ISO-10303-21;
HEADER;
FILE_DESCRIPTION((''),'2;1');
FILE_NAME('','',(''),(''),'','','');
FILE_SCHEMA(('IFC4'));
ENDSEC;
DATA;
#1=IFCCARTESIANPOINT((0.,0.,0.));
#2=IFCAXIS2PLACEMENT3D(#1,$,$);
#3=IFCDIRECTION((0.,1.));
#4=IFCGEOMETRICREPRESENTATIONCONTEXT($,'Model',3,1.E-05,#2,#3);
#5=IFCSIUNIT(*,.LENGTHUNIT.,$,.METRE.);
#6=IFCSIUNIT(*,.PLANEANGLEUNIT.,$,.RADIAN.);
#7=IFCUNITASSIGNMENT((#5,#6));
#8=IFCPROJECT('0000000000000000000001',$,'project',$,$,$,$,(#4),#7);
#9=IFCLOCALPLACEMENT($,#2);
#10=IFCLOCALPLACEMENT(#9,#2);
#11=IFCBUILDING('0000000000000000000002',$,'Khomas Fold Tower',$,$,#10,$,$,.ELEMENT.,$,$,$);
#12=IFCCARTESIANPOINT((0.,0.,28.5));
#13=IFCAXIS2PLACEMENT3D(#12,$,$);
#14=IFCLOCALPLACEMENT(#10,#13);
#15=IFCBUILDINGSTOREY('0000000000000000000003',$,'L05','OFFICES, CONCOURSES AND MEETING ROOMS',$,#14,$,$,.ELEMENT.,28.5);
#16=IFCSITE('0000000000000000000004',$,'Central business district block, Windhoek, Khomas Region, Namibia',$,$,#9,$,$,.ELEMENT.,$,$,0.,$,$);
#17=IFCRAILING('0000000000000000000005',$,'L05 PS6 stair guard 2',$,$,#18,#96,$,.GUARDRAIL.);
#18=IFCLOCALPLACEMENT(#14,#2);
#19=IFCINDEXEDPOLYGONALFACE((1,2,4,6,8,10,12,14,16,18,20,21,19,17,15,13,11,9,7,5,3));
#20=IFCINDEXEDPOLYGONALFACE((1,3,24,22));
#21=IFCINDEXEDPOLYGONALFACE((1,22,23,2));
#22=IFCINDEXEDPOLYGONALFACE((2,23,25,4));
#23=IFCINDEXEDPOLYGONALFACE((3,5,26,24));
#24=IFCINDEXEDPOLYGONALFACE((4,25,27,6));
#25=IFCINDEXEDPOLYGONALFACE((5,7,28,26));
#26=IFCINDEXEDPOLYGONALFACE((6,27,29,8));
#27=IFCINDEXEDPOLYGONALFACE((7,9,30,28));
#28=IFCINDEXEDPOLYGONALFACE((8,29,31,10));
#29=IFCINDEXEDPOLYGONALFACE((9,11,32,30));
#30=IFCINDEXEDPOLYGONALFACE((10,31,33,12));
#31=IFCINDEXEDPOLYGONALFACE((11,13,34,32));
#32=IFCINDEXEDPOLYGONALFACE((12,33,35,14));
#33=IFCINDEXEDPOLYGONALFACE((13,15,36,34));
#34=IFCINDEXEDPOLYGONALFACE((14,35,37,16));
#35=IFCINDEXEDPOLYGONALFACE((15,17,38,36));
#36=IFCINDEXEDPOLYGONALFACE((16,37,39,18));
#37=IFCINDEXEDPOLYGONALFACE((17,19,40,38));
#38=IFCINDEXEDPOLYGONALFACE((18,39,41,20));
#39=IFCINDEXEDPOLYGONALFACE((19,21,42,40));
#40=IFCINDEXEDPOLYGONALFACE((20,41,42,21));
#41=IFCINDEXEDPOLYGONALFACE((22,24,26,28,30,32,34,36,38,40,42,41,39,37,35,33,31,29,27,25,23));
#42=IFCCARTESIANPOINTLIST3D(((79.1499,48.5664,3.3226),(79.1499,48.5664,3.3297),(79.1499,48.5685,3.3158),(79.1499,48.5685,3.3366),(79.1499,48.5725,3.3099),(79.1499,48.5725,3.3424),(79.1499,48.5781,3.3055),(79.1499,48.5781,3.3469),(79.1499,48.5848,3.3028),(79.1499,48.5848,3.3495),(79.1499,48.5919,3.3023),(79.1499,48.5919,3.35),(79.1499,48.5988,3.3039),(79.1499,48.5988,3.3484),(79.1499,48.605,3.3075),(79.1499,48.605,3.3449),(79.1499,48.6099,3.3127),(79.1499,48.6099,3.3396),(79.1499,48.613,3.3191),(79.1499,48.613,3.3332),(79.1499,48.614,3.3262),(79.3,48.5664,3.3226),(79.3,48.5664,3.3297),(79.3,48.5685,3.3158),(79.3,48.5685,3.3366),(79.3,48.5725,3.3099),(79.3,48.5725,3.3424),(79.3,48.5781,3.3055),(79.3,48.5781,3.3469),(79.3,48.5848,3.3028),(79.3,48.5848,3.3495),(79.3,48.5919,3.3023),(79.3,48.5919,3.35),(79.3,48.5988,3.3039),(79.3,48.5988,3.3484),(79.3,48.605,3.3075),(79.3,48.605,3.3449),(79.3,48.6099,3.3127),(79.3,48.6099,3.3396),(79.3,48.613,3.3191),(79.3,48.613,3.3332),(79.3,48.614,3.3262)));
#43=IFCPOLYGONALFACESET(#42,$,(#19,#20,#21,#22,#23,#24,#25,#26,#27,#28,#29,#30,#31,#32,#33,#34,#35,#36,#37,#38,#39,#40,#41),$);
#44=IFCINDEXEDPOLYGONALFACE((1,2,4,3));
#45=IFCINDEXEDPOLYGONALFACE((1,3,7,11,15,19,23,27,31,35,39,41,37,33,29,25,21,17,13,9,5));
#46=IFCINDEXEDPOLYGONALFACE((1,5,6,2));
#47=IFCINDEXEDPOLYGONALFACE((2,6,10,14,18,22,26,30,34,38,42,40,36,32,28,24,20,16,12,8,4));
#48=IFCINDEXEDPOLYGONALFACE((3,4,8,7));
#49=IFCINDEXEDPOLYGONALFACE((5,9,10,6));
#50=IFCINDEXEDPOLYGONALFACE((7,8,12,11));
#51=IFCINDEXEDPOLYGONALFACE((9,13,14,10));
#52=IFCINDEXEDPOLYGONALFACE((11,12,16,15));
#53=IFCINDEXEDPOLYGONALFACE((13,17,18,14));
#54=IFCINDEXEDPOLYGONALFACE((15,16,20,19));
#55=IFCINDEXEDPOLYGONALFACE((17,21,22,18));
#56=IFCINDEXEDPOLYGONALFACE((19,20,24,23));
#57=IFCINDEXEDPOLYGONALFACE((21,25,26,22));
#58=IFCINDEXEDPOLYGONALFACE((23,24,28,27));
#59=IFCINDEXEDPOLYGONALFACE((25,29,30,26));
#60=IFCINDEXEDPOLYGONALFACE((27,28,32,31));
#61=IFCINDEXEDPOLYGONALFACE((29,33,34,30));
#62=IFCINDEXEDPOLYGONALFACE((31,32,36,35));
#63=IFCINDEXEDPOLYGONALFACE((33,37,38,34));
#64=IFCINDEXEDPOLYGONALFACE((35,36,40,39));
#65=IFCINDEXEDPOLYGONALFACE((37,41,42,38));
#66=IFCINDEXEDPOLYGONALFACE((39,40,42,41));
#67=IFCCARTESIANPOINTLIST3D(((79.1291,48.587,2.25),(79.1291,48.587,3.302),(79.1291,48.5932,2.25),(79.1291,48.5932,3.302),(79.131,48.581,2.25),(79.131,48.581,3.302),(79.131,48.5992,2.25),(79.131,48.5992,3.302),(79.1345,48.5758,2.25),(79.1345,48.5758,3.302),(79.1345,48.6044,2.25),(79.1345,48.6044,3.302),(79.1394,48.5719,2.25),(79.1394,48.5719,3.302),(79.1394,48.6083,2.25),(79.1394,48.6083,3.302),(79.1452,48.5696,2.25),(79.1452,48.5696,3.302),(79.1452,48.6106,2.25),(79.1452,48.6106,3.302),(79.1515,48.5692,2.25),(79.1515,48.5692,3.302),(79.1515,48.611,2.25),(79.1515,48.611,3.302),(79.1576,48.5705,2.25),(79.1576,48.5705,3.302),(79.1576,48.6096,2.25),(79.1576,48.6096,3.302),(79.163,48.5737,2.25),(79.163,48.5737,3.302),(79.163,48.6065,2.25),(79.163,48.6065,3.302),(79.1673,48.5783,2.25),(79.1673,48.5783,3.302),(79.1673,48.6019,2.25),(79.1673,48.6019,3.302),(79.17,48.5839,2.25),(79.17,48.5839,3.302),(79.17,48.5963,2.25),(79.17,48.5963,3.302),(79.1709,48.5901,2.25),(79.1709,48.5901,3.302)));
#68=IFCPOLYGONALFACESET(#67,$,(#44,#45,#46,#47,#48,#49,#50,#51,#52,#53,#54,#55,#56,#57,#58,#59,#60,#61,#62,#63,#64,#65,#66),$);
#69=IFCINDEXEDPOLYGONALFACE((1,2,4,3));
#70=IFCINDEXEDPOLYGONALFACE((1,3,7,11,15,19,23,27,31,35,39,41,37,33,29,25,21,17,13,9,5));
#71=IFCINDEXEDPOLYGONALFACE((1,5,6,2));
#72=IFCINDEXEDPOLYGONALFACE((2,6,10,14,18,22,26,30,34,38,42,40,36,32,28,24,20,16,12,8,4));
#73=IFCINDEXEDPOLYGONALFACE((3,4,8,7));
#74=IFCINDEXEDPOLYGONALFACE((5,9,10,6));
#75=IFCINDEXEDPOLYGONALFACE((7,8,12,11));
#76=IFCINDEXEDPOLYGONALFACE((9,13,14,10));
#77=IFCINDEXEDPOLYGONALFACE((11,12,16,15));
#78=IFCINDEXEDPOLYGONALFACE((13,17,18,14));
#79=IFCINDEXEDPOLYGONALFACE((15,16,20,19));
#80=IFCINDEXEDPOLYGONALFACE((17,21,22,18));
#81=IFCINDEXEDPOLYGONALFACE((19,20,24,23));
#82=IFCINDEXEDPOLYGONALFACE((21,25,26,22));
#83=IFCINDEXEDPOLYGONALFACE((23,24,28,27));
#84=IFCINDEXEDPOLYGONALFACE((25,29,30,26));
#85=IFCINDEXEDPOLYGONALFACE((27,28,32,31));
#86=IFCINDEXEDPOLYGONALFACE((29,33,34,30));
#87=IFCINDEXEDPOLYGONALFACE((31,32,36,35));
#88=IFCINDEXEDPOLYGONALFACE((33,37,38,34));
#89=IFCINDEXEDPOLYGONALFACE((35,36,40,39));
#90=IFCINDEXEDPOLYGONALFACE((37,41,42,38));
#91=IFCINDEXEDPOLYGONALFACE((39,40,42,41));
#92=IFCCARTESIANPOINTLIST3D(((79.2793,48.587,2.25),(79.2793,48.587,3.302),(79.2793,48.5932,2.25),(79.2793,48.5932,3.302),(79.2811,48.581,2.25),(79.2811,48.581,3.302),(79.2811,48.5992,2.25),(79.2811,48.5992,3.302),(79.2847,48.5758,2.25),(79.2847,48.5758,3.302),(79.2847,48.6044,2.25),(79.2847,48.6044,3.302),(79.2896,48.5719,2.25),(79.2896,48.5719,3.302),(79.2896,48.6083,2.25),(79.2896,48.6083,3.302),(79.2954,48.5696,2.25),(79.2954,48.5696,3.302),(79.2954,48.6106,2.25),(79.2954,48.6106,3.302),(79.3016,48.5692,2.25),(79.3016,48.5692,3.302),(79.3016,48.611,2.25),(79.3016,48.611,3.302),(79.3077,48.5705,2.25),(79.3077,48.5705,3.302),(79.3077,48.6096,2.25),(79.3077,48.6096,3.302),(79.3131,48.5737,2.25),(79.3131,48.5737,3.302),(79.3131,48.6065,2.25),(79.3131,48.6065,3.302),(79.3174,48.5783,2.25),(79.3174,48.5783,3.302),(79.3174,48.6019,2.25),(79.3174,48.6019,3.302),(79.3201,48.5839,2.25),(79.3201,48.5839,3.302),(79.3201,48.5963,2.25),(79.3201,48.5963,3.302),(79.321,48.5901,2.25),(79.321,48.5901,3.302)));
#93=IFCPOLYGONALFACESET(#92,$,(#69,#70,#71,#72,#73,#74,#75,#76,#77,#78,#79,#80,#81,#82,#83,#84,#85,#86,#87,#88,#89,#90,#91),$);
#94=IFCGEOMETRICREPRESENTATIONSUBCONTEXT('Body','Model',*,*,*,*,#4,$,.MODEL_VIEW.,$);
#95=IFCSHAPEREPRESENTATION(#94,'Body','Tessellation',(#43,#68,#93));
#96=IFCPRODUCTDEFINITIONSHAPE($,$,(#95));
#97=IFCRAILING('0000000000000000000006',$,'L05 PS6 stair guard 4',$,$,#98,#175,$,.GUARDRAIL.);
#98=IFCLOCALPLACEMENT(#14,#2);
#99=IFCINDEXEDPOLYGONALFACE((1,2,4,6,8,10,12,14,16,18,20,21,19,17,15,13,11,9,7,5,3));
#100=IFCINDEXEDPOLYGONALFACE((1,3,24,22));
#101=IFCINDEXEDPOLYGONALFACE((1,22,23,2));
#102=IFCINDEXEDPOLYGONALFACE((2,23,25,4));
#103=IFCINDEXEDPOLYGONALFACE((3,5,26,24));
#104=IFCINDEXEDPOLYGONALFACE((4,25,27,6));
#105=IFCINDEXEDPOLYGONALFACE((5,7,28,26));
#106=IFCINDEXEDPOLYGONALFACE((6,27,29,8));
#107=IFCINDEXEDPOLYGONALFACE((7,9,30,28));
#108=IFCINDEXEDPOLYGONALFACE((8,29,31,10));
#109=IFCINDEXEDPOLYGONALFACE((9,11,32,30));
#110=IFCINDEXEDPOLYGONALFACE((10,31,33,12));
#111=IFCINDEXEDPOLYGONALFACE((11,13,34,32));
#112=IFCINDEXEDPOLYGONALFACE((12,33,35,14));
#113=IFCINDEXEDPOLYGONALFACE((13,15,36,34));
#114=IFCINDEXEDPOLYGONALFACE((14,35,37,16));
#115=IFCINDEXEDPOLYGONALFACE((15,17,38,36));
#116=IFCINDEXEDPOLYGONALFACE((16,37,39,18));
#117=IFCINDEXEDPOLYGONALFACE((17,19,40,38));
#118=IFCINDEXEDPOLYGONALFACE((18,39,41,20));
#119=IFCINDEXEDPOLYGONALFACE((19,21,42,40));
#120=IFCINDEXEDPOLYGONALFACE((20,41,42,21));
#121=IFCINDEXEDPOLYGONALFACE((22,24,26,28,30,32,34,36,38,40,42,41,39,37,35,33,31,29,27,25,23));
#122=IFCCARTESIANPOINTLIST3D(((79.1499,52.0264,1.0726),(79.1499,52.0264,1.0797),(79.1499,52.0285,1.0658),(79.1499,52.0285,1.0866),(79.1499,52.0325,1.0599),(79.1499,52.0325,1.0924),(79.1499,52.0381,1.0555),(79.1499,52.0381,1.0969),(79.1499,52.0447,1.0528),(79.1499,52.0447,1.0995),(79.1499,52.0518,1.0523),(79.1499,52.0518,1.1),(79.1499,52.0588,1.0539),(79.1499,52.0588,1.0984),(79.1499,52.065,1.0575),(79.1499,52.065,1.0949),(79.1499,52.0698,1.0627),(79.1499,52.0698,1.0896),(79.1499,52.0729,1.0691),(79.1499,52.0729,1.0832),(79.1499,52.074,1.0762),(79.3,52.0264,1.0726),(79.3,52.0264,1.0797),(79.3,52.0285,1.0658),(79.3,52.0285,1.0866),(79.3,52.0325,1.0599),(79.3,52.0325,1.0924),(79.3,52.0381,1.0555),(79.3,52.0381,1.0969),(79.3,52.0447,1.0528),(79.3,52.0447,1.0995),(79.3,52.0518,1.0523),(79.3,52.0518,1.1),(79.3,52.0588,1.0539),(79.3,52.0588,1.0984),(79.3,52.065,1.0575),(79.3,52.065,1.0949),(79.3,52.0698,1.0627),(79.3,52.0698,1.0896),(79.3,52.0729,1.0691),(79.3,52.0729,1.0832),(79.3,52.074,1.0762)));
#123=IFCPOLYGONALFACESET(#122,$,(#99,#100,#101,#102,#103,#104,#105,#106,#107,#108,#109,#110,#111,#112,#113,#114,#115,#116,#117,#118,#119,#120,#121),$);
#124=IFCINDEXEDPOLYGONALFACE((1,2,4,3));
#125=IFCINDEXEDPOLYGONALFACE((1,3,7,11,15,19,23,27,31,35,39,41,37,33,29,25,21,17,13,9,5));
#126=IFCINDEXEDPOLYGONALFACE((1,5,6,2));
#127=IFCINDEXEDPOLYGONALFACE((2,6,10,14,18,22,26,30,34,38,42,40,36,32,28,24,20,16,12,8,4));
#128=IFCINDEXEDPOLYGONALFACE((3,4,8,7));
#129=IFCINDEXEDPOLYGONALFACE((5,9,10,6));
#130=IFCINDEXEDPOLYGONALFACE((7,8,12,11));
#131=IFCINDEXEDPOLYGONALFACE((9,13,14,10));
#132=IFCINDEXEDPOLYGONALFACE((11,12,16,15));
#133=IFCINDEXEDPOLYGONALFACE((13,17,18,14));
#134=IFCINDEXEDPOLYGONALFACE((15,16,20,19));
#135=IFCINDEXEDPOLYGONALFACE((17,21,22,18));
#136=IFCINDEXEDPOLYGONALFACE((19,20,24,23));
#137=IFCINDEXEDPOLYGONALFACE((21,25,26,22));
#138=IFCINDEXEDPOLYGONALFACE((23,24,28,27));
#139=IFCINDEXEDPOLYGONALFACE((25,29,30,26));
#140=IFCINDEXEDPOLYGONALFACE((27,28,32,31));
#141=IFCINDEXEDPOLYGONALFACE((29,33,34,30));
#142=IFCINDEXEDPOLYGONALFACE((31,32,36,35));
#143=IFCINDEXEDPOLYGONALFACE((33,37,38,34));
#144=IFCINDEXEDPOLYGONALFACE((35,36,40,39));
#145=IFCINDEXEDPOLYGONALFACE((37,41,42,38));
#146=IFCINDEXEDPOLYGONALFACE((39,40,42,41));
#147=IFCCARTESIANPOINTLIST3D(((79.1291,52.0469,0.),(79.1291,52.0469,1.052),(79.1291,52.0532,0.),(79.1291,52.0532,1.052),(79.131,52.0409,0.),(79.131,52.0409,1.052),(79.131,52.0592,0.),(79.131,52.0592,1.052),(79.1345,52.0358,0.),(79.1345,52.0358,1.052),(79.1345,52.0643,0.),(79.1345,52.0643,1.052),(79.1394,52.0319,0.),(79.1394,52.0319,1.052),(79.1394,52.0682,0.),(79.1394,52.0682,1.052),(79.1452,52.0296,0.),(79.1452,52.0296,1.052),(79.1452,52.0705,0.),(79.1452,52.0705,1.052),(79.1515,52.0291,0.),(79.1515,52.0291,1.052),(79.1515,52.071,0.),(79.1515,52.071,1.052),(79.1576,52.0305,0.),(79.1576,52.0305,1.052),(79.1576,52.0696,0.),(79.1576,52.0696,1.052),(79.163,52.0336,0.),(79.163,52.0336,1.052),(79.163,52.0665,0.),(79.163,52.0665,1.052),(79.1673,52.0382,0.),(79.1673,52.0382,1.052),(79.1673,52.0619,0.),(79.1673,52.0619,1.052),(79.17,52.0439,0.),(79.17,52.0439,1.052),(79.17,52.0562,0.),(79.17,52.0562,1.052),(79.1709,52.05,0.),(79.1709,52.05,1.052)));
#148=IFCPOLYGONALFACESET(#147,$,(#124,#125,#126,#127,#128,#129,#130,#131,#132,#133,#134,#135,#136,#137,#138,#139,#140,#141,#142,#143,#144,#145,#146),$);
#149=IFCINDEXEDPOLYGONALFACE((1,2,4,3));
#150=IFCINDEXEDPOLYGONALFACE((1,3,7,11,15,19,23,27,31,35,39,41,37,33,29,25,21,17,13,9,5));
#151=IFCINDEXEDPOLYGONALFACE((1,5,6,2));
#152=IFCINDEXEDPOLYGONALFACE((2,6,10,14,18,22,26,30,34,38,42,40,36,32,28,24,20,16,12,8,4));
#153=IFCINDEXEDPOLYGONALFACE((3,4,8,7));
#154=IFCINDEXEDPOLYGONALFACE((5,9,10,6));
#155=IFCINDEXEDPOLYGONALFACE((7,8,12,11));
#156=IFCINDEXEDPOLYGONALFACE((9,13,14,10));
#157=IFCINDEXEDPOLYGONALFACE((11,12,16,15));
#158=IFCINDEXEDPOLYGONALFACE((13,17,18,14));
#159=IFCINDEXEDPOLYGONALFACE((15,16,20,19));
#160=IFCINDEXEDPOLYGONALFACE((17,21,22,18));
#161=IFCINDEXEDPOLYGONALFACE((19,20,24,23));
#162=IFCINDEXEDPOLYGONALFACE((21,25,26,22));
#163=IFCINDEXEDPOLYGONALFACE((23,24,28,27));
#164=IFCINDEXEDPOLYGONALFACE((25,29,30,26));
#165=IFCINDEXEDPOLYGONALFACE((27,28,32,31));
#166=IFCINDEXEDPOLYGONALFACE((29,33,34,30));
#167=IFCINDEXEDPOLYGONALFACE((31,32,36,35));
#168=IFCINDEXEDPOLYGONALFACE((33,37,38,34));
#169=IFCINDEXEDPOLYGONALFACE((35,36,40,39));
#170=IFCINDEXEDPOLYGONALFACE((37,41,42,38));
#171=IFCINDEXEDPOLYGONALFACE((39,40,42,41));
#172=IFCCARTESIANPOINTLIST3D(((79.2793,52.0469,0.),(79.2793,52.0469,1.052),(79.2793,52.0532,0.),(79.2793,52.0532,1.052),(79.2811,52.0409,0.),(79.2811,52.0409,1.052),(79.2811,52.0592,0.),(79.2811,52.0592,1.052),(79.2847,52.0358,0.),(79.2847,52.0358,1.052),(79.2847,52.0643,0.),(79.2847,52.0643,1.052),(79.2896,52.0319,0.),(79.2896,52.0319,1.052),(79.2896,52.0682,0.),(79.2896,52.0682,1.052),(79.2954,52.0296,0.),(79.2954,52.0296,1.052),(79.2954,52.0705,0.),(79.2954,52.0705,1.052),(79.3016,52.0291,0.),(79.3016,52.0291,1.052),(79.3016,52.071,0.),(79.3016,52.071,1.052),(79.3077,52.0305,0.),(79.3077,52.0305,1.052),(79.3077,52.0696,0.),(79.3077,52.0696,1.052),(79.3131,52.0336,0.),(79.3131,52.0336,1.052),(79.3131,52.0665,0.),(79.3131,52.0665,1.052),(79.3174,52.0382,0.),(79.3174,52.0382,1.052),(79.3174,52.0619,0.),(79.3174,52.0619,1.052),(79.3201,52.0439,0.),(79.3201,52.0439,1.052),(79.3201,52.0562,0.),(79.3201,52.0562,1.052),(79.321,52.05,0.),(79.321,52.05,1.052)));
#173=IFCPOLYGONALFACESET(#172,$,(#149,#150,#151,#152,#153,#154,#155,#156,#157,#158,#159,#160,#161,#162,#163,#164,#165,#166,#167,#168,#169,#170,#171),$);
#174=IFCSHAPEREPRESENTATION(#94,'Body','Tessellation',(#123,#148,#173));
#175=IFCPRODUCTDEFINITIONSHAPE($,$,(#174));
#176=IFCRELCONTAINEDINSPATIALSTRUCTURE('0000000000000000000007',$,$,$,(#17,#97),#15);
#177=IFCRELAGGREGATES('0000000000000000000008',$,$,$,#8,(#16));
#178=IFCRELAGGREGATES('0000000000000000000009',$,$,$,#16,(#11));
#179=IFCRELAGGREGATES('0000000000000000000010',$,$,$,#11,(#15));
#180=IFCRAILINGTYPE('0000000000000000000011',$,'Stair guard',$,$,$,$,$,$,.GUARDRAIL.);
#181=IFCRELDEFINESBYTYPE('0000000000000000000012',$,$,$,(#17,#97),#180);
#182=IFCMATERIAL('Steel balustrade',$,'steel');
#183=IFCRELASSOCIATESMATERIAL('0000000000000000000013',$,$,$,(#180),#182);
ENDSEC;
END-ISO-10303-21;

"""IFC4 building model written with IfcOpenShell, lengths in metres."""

from ifc_helpers import new_model, si_unit, direction, frame, origin, origin_2d, place, context, subcontext, project, spatial, circle, extrude, source, transform, mapped, material, type_object, element, save


model = new_model("IFC4")

# Units and contexts
model_context = context("Model", 3, precision=1e-05, world=origin(), true_north=direction((0.0, 1.0)))
body_context = subcontext(model_context, "Body", "Model", "MODEL_VIEW")
ifc_project = project(units=[si_unit("LENGTHUNIT", "METRE"), si_unit("PLANEANGLEUNIT", "RADIAN")], contexts=[model_context])

# Site, building, storey
site_placement = place(None, origin())
site = spatial("IfcSite", under=ifc_project, at=site_placement, Name="Central business district block, Windhoek, Khomas Region, Namibia", CompositionType="ELEMENT", RefElevation=0.0)
building_placement = place(site_placement, origin())
building = spatial("IfcBuilding", under=site, at=building_placement, Name="Khomas Fold Tower", CompositionType="ELEMENT")
storey_placement = place(building_placement, frame((0.0, 0.0, 28.5)))
storey = spatial("IfcBuildingStorey", under=building, at=storey_placement, Name="L05", Description="OFFICES, CONCOURSES AND MEETING ROOMS", CompositionType="ELEMENT", Elevation=28.5)

# Railings
ifc_material_1 = material(Name="Steel balustrade", Category="steel")
railing_type_1 = type_object("IfcRailingType", Name="Stair guard", PredefinedType="GUARDRAIL", material=ifc_material_1)
shared_shape_1 = source(origin(), body_context, "Body", "SweptSolid", [
    extrude(circle(Radius=0.0239, at=origin_2d()), frame((0.0, 0.0, 1.0762), z_axis=(1.0, 0.0, 0.0), x_axis=(0.0, 1.0, 0.0)), (0.0, 0.0, 1.0), 0.1501),
    extrude(circle(Radius=0.021, at=origin_2d()), origin(), (0.0, 0.0, 1.0), 1.052),
    extrude(circle(Radius=0.021, at=origin_2d()), frame((0.1501, 0.0, 0.0)), (0.0, 0.0, 1.0), 1.052),
])
for number, where, name in (
    (1, (79.1499, 48.5901, 2.25), "L05 PS6 stair guard 2"),
    (2, (79.1499, 52.05, 0.0), "L05 PS6 stair guard 4"),
):
    element("IfcRailing", number, at=place(storey_placement, frame(where)), inside=storey, type_object=railing_type_1, Name=name, PredefinedType="GUARDRAIL", context=body_context, shape_type="MappedRepresentation", body=[
        mapped(shared_shape_1, transform((0.0, 0.0, 0.0))),
    ])

save(model, "model.ifc")
